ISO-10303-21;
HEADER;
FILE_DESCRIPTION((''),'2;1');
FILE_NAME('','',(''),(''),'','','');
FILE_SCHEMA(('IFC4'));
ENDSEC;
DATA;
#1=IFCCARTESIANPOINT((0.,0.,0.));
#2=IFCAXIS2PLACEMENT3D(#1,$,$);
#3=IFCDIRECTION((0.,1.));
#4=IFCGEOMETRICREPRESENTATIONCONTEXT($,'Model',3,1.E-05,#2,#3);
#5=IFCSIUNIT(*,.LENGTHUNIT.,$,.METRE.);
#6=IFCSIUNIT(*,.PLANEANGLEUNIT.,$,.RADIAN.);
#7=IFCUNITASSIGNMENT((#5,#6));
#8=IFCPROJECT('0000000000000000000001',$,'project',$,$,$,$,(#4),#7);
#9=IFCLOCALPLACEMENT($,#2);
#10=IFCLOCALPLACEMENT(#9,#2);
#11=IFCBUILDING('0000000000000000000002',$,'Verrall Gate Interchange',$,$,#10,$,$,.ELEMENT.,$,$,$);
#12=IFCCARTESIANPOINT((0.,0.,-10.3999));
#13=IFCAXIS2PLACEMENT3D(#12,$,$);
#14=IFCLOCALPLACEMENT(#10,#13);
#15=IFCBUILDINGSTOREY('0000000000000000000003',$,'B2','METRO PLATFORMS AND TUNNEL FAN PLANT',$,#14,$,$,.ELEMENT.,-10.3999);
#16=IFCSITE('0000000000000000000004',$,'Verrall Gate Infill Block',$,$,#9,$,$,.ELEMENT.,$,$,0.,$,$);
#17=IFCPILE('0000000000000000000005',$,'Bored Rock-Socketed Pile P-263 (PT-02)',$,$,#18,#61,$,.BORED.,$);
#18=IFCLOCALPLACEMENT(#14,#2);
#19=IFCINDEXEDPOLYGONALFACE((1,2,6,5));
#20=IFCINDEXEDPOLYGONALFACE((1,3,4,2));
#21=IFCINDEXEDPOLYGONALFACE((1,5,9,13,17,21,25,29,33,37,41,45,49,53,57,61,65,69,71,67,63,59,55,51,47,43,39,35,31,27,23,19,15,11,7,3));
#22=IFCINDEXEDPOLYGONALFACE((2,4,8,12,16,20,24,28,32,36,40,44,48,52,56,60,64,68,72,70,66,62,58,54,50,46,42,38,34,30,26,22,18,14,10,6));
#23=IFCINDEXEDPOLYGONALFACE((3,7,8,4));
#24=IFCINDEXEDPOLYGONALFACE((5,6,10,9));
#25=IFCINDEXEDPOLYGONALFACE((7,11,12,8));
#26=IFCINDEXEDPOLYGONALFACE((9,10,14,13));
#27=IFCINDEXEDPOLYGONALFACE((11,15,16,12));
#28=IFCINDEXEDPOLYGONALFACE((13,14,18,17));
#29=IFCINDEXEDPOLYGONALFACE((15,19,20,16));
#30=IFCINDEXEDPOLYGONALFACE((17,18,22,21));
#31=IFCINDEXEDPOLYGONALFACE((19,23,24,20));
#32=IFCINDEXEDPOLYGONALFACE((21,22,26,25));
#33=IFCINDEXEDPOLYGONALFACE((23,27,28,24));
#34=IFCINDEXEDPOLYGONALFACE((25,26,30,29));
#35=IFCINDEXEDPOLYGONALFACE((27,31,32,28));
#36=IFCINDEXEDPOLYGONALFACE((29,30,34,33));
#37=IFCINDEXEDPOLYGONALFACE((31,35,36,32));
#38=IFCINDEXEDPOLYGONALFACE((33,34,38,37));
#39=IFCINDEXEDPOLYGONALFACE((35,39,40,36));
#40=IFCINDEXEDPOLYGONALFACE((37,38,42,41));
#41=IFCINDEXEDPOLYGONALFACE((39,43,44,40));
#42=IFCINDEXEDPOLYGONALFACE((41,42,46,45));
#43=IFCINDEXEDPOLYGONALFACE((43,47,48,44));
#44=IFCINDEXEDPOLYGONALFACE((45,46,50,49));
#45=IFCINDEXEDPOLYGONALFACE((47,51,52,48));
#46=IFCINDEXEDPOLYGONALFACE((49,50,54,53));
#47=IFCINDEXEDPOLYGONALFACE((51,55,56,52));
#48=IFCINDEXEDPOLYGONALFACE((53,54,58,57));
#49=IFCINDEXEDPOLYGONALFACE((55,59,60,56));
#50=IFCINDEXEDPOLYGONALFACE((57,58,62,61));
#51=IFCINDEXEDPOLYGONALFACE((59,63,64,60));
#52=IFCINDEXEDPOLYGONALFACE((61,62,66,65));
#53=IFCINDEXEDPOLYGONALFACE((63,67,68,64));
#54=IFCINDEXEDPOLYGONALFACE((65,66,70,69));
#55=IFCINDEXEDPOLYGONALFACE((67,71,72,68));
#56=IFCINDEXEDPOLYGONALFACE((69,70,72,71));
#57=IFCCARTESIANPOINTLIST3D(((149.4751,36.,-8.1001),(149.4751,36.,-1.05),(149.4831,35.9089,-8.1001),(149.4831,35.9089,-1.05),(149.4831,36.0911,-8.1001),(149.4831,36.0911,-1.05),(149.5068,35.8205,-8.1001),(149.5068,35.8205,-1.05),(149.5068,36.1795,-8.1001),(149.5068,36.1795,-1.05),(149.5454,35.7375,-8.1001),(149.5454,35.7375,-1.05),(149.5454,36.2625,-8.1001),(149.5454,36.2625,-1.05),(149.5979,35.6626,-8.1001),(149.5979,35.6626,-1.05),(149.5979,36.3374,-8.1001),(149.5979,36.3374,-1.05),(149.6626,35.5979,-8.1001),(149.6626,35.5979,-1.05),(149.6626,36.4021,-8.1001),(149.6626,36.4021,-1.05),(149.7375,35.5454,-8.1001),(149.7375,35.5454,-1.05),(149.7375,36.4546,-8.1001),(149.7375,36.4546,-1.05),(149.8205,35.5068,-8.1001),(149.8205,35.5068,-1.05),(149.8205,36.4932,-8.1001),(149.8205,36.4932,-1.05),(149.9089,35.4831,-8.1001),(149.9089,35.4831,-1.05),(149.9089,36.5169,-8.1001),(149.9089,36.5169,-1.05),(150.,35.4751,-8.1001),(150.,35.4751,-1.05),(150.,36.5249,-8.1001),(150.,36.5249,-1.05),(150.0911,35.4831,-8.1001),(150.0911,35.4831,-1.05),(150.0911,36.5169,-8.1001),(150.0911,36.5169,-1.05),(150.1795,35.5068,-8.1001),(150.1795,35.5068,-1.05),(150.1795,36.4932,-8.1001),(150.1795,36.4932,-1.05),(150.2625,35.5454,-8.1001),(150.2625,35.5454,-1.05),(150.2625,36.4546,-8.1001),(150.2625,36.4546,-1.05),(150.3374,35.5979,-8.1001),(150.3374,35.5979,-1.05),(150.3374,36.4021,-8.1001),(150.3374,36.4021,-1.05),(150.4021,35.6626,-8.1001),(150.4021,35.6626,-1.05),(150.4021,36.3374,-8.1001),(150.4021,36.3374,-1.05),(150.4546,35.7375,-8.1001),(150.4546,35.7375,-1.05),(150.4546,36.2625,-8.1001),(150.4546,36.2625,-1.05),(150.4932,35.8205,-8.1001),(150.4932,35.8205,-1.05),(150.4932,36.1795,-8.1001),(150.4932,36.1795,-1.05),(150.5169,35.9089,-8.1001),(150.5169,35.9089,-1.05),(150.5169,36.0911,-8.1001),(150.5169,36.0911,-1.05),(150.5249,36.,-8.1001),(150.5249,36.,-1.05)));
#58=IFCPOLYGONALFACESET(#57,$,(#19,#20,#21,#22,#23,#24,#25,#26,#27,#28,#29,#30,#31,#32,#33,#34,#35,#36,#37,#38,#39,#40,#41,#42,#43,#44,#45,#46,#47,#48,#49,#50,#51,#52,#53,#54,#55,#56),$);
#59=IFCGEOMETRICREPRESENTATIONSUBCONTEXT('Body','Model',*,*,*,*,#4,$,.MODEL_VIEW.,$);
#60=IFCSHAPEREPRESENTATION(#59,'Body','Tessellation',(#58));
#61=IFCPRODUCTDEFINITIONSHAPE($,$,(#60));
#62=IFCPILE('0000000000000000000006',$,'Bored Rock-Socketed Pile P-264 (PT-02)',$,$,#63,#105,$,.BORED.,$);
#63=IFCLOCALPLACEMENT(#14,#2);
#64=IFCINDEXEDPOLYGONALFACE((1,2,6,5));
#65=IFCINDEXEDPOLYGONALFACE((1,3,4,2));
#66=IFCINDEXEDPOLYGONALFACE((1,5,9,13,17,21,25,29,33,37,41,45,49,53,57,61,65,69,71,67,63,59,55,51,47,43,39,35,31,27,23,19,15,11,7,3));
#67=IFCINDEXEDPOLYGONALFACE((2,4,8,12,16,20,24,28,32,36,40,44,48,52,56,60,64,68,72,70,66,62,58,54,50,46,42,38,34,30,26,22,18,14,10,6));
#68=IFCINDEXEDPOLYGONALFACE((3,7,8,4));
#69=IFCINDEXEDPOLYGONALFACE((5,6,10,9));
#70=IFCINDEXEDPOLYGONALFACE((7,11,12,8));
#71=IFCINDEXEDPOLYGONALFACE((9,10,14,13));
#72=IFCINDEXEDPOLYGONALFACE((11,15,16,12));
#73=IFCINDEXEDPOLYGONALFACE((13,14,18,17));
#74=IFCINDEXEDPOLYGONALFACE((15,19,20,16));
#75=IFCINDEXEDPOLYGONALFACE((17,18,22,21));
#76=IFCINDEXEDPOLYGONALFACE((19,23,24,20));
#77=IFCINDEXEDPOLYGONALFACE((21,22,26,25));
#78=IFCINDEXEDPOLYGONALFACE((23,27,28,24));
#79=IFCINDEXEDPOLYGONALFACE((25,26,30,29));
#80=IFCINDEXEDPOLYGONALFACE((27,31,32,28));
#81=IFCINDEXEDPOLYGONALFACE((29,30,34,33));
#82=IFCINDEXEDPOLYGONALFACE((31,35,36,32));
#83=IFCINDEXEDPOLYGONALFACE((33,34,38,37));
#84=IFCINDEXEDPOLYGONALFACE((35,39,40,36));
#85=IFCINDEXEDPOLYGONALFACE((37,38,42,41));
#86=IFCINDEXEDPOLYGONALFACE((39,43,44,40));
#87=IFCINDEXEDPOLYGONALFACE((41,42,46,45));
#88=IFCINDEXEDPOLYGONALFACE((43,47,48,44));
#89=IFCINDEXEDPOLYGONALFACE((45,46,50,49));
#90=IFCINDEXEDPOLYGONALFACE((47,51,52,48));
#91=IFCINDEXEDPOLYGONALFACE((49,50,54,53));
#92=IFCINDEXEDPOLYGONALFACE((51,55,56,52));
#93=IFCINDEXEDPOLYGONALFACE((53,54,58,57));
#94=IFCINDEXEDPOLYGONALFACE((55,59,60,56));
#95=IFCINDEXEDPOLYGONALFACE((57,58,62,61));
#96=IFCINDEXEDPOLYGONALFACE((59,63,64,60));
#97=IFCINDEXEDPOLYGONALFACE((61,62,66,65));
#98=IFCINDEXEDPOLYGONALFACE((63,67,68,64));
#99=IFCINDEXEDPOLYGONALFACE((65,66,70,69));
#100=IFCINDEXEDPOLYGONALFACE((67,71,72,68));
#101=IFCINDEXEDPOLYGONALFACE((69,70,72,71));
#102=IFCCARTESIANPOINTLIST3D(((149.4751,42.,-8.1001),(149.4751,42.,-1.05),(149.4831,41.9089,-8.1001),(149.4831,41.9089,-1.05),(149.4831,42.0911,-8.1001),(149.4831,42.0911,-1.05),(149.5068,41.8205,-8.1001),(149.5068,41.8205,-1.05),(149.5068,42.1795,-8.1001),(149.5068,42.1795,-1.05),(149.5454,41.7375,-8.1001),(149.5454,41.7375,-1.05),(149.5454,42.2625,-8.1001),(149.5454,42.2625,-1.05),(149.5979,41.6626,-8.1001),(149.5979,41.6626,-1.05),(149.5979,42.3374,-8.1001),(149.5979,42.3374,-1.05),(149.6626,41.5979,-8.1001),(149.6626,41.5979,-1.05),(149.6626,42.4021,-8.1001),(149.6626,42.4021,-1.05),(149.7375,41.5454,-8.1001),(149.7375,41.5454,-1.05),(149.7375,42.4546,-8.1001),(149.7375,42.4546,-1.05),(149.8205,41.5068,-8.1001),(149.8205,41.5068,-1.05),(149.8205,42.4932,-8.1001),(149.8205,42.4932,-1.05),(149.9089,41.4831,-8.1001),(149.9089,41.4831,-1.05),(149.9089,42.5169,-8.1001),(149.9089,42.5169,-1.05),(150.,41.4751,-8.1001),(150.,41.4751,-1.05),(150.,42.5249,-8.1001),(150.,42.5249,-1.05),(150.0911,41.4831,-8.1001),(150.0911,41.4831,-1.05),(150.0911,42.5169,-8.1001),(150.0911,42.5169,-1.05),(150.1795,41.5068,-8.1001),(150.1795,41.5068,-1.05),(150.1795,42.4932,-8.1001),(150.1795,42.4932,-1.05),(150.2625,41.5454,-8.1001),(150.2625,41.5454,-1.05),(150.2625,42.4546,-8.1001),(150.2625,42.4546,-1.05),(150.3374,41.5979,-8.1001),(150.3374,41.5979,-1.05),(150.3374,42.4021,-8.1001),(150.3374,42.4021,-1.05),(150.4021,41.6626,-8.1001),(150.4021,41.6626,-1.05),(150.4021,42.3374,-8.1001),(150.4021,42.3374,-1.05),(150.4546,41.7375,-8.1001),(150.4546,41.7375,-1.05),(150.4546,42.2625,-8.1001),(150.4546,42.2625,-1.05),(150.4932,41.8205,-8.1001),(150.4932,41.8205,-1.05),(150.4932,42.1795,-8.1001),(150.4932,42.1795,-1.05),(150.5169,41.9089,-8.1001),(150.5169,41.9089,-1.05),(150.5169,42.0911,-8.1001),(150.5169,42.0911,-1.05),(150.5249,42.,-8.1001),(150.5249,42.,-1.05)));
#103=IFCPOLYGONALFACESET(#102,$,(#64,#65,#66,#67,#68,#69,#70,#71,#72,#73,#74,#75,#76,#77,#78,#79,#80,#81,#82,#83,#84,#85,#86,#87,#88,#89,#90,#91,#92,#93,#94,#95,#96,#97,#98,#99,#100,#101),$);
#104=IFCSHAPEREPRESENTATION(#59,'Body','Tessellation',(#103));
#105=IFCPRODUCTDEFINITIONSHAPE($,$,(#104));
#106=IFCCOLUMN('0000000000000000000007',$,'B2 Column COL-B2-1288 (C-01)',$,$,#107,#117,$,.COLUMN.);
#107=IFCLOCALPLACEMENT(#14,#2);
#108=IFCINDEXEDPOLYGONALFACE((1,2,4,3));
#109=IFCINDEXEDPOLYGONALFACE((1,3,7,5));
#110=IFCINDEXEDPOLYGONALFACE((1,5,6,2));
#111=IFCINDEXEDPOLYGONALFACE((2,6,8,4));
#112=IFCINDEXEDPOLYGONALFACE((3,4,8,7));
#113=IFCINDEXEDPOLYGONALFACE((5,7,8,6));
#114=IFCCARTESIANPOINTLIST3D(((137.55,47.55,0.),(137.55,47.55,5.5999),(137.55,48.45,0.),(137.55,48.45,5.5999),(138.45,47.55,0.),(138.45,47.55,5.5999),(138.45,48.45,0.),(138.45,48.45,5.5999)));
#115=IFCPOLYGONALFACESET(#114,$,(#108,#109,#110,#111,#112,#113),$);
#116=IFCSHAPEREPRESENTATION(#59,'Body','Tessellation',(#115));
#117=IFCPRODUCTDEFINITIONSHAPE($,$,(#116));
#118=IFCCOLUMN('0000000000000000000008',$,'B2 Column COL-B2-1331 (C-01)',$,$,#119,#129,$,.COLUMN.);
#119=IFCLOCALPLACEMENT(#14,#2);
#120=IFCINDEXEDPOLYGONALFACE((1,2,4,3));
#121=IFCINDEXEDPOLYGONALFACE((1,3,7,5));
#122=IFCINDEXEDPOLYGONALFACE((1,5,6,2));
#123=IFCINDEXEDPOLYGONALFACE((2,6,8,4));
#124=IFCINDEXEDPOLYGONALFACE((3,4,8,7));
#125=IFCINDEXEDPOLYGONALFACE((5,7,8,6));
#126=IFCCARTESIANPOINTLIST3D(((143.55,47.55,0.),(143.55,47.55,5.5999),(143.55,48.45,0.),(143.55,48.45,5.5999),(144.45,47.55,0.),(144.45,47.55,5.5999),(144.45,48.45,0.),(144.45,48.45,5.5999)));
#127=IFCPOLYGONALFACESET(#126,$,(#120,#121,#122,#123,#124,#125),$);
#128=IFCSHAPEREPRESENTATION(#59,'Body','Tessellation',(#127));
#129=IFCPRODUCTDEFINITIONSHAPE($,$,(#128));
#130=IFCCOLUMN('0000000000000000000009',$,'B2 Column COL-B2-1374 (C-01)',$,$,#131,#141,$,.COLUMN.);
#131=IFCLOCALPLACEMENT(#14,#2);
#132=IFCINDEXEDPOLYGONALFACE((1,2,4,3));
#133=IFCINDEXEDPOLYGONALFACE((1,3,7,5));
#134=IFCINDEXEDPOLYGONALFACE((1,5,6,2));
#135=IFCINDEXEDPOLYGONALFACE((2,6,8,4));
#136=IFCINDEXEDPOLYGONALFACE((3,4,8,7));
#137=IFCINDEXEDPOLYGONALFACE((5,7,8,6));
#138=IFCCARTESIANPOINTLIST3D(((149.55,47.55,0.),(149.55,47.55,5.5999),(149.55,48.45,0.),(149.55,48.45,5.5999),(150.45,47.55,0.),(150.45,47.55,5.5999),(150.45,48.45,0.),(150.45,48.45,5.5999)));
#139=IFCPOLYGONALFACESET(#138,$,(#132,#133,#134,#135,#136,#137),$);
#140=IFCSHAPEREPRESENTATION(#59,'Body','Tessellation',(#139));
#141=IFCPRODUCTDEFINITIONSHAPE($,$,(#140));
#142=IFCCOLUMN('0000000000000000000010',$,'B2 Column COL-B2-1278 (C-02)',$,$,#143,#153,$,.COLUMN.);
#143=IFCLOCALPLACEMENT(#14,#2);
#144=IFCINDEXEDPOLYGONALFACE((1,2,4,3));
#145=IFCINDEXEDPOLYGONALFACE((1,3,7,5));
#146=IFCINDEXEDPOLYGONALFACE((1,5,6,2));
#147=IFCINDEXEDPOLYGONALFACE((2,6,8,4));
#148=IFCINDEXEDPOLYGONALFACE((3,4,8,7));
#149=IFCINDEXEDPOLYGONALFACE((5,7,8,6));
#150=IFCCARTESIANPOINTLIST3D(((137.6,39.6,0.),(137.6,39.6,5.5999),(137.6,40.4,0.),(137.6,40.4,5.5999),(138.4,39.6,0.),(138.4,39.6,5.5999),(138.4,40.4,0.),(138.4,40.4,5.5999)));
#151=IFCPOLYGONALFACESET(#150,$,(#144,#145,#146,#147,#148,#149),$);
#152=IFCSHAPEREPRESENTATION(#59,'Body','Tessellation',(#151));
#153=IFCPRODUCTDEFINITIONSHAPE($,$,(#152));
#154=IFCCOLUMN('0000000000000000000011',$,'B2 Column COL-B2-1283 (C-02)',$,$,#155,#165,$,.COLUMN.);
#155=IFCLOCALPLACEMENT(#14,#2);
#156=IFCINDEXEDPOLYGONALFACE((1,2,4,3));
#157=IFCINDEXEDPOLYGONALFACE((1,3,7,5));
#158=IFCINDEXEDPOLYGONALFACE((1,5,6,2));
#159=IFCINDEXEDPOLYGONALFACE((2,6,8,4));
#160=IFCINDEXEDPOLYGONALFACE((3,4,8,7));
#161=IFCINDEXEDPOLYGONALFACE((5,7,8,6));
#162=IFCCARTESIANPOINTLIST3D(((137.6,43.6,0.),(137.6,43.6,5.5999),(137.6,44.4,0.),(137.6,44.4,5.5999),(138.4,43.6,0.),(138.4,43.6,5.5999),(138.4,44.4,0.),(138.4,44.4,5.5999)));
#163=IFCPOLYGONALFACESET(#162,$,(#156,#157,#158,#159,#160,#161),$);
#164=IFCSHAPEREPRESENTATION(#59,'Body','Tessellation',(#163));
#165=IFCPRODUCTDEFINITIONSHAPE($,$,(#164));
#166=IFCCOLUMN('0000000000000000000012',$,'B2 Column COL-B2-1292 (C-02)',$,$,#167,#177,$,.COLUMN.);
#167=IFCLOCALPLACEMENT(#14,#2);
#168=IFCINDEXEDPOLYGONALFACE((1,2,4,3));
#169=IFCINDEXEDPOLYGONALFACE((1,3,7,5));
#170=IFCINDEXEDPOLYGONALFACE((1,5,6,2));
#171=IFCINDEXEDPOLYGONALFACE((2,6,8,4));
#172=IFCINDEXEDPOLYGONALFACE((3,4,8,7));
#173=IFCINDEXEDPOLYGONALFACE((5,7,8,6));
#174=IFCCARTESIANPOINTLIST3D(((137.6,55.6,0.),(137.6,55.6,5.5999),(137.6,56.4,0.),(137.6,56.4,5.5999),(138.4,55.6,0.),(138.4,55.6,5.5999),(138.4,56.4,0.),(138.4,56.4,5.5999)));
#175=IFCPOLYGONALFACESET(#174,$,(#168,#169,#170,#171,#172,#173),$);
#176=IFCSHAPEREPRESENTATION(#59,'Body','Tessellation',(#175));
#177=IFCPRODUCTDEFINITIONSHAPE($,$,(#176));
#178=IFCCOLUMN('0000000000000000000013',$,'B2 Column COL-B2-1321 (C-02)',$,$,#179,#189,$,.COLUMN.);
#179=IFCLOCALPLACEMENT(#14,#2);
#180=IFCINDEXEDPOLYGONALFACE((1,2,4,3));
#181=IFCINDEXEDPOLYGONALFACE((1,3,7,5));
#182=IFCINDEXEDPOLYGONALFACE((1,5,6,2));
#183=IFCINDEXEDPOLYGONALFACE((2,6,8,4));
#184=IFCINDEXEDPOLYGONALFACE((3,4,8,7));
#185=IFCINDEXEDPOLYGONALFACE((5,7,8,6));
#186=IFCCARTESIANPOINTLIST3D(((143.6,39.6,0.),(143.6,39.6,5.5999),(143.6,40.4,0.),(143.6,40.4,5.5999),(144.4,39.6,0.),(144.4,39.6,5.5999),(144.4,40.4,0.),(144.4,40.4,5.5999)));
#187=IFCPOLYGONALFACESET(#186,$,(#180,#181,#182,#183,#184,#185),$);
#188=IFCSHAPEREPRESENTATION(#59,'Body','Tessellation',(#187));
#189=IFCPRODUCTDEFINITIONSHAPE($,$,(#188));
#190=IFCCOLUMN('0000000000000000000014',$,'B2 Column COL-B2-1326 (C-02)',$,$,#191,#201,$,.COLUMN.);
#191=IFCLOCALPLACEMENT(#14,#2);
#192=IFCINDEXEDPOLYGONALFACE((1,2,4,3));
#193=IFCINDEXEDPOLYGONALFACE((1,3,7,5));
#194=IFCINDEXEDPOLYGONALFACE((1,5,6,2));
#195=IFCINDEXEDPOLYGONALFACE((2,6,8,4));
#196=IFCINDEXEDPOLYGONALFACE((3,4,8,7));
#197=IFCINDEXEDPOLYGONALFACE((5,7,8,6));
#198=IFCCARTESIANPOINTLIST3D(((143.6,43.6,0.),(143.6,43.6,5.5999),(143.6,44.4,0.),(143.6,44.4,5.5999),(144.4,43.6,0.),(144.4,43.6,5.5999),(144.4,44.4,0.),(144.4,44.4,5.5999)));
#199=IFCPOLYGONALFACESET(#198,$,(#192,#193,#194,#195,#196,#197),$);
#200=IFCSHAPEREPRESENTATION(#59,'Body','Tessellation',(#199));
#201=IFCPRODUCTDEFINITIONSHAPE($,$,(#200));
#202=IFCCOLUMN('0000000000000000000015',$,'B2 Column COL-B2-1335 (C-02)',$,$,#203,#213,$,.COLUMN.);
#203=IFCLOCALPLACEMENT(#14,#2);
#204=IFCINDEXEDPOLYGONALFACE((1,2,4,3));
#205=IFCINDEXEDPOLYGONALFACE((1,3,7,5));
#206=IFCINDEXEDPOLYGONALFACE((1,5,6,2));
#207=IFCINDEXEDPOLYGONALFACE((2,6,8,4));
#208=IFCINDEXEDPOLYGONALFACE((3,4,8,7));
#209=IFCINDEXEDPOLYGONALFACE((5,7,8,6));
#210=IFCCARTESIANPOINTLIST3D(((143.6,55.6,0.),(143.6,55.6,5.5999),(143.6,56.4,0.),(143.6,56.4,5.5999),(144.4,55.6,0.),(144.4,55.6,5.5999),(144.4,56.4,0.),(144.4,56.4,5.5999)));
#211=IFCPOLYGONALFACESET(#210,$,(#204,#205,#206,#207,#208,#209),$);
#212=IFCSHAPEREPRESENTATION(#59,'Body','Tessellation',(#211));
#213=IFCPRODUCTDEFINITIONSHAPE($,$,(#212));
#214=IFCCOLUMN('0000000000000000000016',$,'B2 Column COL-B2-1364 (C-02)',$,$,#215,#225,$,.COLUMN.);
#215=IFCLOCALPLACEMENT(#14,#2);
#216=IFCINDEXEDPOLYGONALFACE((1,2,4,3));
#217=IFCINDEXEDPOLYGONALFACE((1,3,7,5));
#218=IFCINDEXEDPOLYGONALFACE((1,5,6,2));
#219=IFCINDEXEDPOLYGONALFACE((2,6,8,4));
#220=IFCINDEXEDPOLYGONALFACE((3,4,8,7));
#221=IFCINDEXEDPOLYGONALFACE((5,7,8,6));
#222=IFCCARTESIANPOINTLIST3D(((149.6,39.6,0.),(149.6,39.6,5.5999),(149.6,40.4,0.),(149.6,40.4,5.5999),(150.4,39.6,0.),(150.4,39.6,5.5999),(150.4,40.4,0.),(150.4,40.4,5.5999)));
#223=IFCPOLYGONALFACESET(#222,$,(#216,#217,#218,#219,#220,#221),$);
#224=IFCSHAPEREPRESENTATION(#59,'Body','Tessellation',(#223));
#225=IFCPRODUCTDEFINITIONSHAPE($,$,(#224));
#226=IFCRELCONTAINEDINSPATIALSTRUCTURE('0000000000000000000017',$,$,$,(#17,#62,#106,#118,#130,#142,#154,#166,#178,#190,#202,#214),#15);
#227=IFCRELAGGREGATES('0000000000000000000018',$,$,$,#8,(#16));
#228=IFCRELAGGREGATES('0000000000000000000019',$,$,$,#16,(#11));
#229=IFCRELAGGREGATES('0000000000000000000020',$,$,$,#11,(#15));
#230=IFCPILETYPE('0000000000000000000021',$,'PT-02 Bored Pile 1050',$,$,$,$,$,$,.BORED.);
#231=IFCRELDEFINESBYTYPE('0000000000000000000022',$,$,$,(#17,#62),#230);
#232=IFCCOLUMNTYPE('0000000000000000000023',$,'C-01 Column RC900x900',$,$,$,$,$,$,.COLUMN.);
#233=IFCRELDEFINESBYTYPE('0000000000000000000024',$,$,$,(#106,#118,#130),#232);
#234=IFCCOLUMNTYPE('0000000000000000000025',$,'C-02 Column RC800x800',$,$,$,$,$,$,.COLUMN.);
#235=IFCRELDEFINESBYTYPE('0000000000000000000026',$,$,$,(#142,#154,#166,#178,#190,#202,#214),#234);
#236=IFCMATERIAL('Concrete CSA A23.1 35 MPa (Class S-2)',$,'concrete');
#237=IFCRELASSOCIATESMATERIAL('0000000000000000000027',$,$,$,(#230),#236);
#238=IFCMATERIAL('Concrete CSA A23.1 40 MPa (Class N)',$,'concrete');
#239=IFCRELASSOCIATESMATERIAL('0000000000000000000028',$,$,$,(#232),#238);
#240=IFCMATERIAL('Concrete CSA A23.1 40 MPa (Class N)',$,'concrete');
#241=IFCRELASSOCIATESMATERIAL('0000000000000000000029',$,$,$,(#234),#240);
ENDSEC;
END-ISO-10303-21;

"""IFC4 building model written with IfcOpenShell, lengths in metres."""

from ifc_helpers import new_model, si_unit, direction, frame, origin, origin_2d, place, context, subcontext, project, spatial, rectangle, circle, extrude, material, material_profile, profile_set, type_object, element, save


model = new_model("IFC4")

# Units and contexts
model_context = context("Model", 3, precision=1e-05, world=origin(), true_north=direction((0.0, 1.0)))
body_context = subcontext(model_context, "Body", "Model", "MODEL_VIEW")
ifc_project = project(units=[si_unit("LENGTHUNIT", "METRE"), si_unit("PLANEANGLEUNIT", "RADIAN")], contexts=[model_context])

# Site, building, storey
site_placement = place(None, origin())
site = spatial("IfcSite", under=ifc_project, at=site_placement, Name="Verrall Gate Infill Block", CompositionType="ELEMENT", RefElevation=0.0)
building_placement = place(site_placement, origin())
building = spatial("IfcBuilding", under=site, at=building_placement, Name="Verrall Gate Interchange", CompositionType="ELEMENT")
storey_placement = place(building_placement, frame((0.0, 0.0, -10.3999)))
storey = spatial("IfcBuildingStorey", under=building, at=storey_placement, Name="B2", Description="METRO PLATFORMS AND TUNNEL FAN PLANT", CompositionType="ELEMENT", Elevation=-10.3999)

# Piles
ifc_material_1 = material(Name="Concrete CSA A23.1 35 MPa (Class S-2)", Category="concrete")
ifc_material_profile_1 = material_profile(ifc_material_1, circle(Radius=0.5249, at=origin_2d()), Name="PILE1050D")
ifc_profile_set_1 = profile_set([ifc_material_profile_1], Name="Concrete CSA A23.1 35 MPa (Class S-2)")
pile_type = type_object("IfcPileType", Name="PT-02 Bored Pile 1050", PredefinedType="BORED", material=ifc_profile_set_1)
for number, where, z_axis, x_axis, name in (
    (1, (150.0, 36.0, -1.05), (0.0, 0.0, -1.0), (1.0, 0.0, 0.0), "Bored Rock-Socketed Pile P-263 (PT-02)"),
    (2, (150.0, 42.0, -1.05), (0.0, 0.0, -1.0), (1.0, 0.0, 0.0), "Bored Rock-Socketed Pile P-264 (PT-02)"),
):
    element("IfcPile", number, at=place(storey_placement, frame(where, z_axis=z_axis, x_axis=x_axis)), inside=storey, type_object=pile_type, Name=name, PredefinedType="BORED", context=body_context, shape_type="SweptSolid", body=[
        extrude(circle(Radius=0.5249, at=origin_2d()), origin(), (0.0, 0.0, 1.0), 7.05),
    ])

# Columns
ifc_material_2 = material(Name="Concrete CSA A23.1 40 MPa (Class N)", Category="concrete")
ifc_material_profile_2 = material_profile(ifc_material_2, rectangle(XDim=0.8999, YDim=0.8999, at=origin_2d()), Name="RC900x900")
ifc_profile_set_2 = profile_set([ifc_material_profile_2], Name="Concrete CSA A23.1 40 MPa (Class N)")
column_type_1 = type_object("IfcColumnType", Name="C-01 Column RC900x900", PredefinedType="COLUMN", material=ifc_profile_set_2)
for number, where, z_axis, x_axis, name in (
    (3, (138.0, 48.0, 0.0), (0.0, 0.0, 1.0), (1.0, 0.0, 0.0), "B2 Column COL-B2-1288 (C-01)"),
    (4, (144.0, 48.0, 0.0), (0.0, 0.0, 1.0), (1.0, 0.0, 0.0), "B2 Column COL-B2-1331 (C-01)"),
    (5, (150.0, 48.0, 0.0), (0.0, 0.0, 1.0), (1.0, 0.0, 0.0), "B2 Column COL-B2-1374 (C-01)"),
):
    element("IfcColumn", number, at=place(storey_placement, frame(where, z_axis=z_axis, x_axis=x_axis)), inside=storey, type_object=column_type_1, Name=name, PredefinedType="COLUMN", context=body_context, shape_type="SweptSolid", body=[
        extrude(rectangle(XDim=0.8999, YDim=0.8999, at=origin_2d()), origin(), (0.0, 0.0, 1.0), 5.5999),
    ])
ifc_material_3 = material(Name="Concrete CSA A23.1 40 MPa (Class N)", Category="concrete")
ifc_material_profile_3 = material_profile(ifc_material_3, rectangle(XDim=0.8, YDim=0.8, at=origin_2d()), Name="RC800x800")
ifc_profile_set_3 = profile_set([ifc_material_profile_3], Name="Concrete CSA A23.1 40 MPa (Class N)")
column_type_2 = type_object("IfcColumnType", Name="C-02 Column RC800x800", PredefinedType="COLUMN", material=ifc_profile_set_3)
for number, where, z_axis, x_axis, name in (
    (6, (138.0, 40.0, 0.0), (0.0, 0.0, 1.0), (1.0, 0.0, 0.0), "B2 Column COL-B2-1278 (C-02)"),
    (7, (138.0, 44.0, 0.0), (0.0, 0.0, 1.0), (1.0, 0.0, 0.0), "B2 Column COL-B2-1283 (C-02)"),
    (8, (138.0, 56.0, 0.0), (0.0, 0.0, 1.0), (1.0, 0.0, 0.0), "B2 Column COL-B2-1292 (C-02)"),
    (9, (144.0, 40.0, 0.0), (0.0, 0.0, 1.0), (1.0, 0.0, 0.0), "B2 Column COL-B2-1321 (C-02)"),
    (10, (144.0, 44.0, 0.0), (0.0, 0.0, 1.0), (1.0, 0.0, 0.0), "B2 Column COL-B2-1326 (C-02)"),
    (11, (144.0, 56.0, 0.0), (0.0, 0.0, 1.0), (1.0, 0.0, 0.0), "B2 Column COL-B2-1335 (C-02)"),
    (12, (150.0, 40.0, 0.0), (0.0, 0.0, 1.0), (1.0, 0.0, 0.0), "B2 Column COL-B2-1364 (C-02)"),
):
    element("IfcColumn", number, at=place(storey_placement, frame(where, z_axis=z_axis, x_axis=x_axis)), inside=storey, type_object=column_type_2, Name=name, PredefinedType="COLUMN", context=body_context, shape_type="SweptSolid", body=[
        extrude(rectangle(XDim=0.8, YDim=0.8, at=origin_2d()), origin(), (0.0, 0.0, 1.0), 5.5999),
    ])

save(model, "model.ifc")
